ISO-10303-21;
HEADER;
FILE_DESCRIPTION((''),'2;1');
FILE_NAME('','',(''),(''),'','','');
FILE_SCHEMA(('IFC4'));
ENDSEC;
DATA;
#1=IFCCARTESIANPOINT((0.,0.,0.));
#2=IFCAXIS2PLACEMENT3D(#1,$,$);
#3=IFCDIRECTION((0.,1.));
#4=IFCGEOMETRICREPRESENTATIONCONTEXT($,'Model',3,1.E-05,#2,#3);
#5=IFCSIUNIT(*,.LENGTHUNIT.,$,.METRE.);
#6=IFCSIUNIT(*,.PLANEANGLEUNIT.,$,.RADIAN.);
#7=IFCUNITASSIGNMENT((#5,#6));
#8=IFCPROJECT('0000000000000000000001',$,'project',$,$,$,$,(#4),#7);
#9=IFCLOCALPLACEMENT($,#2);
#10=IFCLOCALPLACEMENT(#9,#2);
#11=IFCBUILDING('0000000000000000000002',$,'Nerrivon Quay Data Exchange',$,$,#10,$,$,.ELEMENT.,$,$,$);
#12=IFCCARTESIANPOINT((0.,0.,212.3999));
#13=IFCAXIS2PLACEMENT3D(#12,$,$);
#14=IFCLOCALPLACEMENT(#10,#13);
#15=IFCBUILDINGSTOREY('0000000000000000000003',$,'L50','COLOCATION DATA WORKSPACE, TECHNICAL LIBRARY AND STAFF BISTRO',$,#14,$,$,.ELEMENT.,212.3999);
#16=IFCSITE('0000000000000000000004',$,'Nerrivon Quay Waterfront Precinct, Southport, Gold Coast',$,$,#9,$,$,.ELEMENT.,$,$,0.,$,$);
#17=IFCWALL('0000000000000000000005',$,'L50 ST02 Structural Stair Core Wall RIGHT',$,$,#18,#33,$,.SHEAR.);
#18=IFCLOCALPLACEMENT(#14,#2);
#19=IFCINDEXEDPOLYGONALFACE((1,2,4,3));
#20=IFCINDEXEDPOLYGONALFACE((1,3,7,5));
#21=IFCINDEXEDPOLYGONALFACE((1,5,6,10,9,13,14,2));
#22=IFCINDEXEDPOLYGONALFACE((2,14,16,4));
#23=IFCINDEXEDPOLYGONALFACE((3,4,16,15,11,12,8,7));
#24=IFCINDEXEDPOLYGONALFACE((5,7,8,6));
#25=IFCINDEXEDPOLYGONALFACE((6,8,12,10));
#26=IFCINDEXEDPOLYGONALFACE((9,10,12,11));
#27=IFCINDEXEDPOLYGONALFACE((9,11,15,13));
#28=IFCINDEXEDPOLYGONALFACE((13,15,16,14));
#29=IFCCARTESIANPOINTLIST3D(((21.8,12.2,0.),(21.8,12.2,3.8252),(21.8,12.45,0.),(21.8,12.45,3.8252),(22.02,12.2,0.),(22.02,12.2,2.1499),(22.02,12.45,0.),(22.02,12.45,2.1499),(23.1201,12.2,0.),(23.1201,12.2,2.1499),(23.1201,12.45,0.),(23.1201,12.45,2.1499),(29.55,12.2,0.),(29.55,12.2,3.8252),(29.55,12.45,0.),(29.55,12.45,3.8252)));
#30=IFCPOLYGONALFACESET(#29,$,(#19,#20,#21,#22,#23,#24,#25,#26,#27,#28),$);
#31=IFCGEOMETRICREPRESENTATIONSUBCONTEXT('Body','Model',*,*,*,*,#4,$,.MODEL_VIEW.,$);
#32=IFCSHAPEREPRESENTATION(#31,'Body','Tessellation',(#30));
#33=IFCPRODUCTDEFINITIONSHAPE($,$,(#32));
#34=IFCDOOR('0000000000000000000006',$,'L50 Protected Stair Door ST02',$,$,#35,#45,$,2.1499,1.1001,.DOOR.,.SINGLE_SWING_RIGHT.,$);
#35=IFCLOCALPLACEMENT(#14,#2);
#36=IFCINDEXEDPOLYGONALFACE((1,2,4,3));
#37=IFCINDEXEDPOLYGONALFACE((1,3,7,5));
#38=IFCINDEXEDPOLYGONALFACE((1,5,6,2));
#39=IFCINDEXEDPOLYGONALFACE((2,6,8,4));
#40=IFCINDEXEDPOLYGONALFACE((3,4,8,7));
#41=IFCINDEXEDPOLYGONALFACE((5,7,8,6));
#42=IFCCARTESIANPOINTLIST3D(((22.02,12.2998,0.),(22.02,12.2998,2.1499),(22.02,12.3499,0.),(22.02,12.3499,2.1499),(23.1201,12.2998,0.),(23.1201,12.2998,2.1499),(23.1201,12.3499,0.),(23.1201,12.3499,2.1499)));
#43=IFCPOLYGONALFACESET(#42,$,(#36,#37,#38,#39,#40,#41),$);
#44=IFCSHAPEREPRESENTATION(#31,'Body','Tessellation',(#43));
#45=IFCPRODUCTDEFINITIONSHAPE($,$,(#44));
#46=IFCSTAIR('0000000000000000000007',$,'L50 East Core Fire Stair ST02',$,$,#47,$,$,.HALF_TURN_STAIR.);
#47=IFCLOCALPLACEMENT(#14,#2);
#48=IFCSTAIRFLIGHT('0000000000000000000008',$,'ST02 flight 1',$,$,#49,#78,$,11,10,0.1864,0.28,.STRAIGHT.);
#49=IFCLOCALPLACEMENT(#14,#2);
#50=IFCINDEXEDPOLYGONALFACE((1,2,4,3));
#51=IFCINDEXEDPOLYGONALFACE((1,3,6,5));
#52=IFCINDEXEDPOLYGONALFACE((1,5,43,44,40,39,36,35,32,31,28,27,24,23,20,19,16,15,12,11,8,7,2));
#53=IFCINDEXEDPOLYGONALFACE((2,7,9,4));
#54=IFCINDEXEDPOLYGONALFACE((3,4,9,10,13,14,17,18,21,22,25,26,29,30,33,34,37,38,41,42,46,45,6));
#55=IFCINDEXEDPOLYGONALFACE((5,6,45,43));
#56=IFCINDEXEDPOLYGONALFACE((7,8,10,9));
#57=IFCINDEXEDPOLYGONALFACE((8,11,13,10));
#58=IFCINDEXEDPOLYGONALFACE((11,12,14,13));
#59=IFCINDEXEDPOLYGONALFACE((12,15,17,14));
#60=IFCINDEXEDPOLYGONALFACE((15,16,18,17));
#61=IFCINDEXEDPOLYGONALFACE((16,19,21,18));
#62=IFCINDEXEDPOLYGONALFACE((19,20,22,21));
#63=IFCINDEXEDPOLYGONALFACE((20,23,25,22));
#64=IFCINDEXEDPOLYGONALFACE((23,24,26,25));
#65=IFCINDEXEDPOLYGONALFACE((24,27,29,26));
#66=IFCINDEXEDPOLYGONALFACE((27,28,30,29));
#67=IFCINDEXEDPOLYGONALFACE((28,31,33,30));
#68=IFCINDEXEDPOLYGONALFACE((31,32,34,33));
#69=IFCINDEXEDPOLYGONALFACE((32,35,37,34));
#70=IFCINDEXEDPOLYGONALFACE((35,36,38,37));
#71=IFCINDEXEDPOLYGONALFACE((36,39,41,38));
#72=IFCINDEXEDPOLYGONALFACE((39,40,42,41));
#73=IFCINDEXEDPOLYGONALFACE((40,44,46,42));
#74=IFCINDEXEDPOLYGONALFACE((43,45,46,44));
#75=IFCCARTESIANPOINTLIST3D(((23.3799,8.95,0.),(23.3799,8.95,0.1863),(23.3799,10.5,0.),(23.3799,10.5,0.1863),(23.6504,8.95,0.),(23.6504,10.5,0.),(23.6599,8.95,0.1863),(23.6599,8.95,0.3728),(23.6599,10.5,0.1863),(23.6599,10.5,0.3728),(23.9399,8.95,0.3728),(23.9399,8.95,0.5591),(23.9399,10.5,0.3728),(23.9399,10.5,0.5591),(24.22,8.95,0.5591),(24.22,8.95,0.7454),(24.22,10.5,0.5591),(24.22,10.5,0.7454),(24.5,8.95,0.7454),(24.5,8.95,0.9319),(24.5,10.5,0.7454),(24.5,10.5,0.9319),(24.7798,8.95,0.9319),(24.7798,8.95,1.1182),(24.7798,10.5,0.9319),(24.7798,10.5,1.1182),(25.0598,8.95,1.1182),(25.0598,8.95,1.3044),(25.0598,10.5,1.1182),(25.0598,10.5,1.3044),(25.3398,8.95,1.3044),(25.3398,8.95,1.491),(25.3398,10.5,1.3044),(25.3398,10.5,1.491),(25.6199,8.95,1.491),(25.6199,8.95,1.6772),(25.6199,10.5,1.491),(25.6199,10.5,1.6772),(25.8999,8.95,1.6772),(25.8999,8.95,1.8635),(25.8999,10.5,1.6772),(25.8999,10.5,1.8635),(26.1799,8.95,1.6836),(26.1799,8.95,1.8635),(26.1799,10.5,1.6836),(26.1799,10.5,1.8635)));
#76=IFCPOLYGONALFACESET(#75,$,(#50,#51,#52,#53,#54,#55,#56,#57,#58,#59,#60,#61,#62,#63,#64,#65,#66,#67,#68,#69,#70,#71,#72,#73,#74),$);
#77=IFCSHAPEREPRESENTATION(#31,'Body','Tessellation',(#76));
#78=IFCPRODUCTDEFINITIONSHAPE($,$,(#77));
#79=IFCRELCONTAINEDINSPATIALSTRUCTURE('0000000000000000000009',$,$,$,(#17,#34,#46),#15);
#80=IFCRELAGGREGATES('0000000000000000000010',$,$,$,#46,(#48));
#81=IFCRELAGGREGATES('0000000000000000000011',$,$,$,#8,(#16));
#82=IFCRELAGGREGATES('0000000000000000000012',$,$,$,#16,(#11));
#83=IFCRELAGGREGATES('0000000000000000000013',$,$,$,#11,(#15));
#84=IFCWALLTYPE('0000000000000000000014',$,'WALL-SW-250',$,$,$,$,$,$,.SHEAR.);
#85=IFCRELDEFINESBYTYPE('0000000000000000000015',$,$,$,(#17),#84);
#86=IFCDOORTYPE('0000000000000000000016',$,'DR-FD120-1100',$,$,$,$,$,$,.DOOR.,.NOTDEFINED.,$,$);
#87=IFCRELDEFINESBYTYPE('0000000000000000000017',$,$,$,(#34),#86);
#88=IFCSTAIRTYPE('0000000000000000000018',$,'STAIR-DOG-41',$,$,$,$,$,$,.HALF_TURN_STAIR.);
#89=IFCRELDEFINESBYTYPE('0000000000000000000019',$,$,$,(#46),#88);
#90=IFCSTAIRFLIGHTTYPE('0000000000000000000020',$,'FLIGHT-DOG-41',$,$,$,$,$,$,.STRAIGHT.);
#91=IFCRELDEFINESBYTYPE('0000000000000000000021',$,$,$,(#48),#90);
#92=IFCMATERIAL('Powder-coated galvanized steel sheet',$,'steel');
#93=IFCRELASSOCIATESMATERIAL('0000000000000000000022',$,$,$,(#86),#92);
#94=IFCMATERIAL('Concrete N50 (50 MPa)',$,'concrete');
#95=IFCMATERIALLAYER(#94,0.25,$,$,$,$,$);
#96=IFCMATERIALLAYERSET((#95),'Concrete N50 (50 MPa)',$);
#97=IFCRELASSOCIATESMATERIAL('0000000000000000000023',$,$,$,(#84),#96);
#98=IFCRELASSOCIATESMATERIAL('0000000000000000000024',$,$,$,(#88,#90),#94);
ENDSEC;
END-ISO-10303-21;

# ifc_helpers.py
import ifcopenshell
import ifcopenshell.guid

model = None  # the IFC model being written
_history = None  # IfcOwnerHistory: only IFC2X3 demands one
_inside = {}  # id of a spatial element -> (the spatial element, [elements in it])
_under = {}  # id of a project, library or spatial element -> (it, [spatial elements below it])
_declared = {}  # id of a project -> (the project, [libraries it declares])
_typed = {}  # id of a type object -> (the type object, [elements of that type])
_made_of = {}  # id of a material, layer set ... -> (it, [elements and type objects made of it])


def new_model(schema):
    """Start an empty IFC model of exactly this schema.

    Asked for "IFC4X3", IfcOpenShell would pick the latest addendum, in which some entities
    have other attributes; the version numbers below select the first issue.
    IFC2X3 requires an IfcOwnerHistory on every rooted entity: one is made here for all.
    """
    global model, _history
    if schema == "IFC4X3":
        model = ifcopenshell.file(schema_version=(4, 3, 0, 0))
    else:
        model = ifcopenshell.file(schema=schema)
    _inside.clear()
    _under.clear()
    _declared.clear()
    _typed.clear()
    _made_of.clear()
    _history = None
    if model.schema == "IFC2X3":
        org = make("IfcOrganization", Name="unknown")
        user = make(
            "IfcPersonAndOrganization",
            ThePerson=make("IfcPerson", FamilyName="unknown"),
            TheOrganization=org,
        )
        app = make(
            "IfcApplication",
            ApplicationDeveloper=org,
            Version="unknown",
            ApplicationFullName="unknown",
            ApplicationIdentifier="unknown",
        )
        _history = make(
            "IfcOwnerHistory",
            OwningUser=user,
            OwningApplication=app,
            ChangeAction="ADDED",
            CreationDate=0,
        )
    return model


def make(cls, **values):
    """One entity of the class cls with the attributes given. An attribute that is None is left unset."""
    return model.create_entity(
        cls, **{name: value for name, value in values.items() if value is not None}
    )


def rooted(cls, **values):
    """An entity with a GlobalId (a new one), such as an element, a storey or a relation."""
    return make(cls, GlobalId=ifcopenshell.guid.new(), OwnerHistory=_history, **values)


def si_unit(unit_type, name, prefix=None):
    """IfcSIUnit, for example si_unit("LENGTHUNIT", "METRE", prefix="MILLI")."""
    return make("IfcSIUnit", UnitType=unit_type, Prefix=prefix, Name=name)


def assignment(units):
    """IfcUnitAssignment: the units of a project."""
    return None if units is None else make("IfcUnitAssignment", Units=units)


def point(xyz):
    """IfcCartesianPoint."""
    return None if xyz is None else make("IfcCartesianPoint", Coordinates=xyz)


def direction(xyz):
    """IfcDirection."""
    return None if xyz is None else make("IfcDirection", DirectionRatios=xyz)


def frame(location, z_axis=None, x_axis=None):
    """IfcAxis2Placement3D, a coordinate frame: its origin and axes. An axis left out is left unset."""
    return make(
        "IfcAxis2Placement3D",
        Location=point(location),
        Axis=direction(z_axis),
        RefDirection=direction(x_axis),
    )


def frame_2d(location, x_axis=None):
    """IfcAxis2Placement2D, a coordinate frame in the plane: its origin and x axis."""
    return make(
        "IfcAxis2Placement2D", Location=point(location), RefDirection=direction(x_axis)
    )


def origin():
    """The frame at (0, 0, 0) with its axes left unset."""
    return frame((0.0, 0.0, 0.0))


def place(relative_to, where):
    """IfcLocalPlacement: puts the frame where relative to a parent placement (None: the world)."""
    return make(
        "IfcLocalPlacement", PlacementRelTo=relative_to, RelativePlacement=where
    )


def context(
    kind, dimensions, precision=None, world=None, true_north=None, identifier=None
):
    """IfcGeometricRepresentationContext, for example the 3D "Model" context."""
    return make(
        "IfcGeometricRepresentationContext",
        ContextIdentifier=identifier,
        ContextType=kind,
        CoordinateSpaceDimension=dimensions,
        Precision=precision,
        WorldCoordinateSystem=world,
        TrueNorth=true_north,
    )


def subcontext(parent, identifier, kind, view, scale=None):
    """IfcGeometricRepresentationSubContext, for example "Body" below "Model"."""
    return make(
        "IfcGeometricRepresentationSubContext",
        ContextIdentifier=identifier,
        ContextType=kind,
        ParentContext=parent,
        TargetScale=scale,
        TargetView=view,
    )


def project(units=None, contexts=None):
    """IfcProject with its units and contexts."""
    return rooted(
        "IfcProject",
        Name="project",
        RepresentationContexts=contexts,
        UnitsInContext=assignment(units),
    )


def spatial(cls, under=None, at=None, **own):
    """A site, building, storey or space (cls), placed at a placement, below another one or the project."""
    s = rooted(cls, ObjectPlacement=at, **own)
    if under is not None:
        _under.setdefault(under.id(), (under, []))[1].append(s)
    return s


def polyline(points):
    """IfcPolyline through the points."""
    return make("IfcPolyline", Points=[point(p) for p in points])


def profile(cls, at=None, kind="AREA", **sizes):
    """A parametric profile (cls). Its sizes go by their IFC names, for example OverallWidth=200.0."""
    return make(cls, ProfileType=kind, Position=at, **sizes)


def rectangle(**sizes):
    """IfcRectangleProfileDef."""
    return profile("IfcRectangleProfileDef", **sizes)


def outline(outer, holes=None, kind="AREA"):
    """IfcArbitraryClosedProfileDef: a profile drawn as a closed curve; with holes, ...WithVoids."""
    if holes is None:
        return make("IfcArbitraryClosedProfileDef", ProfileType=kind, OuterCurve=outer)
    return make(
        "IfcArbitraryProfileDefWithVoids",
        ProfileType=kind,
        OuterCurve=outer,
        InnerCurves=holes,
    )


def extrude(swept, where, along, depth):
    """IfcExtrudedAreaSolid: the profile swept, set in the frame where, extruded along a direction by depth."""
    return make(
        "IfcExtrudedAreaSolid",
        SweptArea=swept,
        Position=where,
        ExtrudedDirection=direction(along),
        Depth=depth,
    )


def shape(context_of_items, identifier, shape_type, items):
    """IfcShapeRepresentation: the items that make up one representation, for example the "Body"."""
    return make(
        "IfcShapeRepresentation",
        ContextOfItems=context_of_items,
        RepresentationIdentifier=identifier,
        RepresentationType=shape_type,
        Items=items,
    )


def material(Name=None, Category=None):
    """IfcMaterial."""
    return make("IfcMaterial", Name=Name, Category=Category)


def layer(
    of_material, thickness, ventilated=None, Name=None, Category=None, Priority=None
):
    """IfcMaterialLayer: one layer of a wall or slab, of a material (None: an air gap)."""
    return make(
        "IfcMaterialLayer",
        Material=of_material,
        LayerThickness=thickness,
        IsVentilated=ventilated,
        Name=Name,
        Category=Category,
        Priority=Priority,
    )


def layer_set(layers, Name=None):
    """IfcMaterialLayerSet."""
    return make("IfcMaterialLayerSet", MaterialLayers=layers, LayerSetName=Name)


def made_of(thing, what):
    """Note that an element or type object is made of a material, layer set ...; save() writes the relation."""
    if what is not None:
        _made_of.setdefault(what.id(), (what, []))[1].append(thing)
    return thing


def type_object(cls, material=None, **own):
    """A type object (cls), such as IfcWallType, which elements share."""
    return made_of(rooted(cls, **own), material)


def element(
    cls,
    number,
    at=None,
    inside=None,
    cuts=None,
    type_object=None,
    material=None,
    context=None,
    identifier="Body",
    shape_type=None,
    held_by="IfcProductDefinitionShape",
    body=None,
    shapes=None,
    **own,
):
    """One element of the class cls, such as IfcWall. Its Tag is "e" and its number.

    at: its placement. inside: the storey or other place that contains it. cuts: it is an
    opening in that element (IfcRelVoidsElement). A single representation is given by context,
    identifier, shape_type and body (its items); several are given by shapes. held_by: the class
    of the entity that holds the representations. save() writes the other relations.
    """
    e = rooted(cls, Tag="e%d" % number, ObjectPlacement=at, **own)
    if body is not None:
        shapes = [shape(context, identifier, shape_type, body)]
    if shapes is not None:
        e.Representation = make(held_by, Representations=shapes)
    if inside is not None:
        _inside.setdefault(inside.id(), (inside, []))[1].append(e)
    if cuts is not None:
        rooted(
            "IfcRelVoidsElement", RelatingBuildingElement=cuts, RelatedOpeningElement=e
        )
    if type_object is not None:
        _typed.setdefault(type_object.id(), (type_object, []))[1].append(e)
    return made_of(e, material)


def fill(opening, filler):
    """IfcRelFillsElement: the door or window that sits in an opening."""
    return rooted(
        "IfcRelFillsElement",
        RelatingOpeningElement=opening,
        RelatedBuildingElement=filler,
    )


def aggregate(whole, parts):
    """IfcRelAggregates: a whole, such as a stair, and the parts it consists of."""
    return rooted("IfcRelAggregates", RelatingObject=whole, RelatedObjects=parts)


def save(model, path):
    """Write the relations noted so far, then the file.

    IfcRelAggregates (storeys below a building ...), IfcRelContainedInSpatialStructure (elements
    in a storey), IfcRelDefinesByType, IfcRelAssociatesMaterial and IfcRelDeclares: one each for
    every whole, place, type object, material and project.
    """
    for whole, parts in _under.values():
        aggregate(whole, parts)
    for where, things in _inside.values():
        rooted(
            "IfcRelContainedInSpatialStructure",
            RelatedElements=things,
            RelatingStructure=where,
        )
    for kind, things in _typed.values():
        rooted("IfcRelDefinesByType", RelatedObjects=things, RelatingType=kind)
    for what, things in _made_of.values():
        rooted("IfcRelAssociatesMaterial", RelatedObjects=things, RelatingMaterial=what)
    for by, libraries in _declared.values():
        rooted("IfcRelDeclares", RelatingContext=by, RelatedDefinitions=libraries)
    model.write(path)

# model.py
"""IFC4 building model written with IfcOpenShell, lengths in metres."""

from ifc_helpers import new_model, si_unit, direction, frame, frame_2d, origin, place, context, subcontext, project, spatial, polyline, rectangle, outline, extrude, material, layer, layer_set, type_object, element, fill, aggregate, save


model = new_model("IFC4")

# Units and contexts
model_context = context("Model", 3, precision=1e-05, world=origin(), true_north=direction((0.0, 1.0)))
body_context = subcontext(model_context, "Body", "Model", "MODEL_VIEW")
ifc_project = project(units=[si_unit("LENGTHUNIT", "METRE"), si_unit("PLANEANGLEUNIT", "RADIAN")], contexts=[model_context])

# Site, building, storey
site_placement = place(None, origin())
site = spatial("IfcSite", under=ifc_project, at=site_placement, Name="Nerrivon Quay Waterfront Precinct, Southport, Gold Coast", CompositionType="ELEMENT", RefElevation=0.0)
building_placement = place(site_placement, origin())
building = spatial("IfcBuilding", under=site, at=building_placement, Name="Nerrivon Quay Data Exchange", CompositionType="ELEMENT")
storey_placement = place(building_placement, frame((0.0, 0.0, 212.3999)))
storey = spatial("IfcBuildingStorey", under=building, at=storey_placement, Name="L50", Description="COLOCATION DATA WORKSPACE, TECHNICAL LIBRARY AND STAFF BISTRO", CompositionType="ELEMENT", Elevation=212.3999)

# Shared definitions
ifc_material_1 = material(Name="Concrete N50 (50 MPa)", Category="concrete")

# Shared definitions
ifc_material_2 = material(Name="Powder-coated galvanized steel sheet", Category="steel")
door_type_1 = type_object("IfcDoorType", Name="DR-FD120-1100", OperationType="NOTDEFINED", PredefinedType="DOOR", material=ifc_material_2)

# Shared definitions
ifc_layer_1 = layer(ifc_material_1, 0.25)
ifc_layer_set_1 = layer_set([ifc_layer_1], Name="Concrete N50 (50 MPa)")
wall_type_1 = type_object("IfcWallType", Name="WALL-SW-250", PredefinedType="SHEAR", material=ifc_layer_set_1)

# Wall, opening, door
wall_1_placement = place(storey_placement, frame((21.8, 12.325, 0.0), z_axis=(0.0, 0.0, 1.0), x_axis=(1.0, 0.0, 0.0)))
wall_1 = element("IfcWall", 1, at=wall_1_placement, inside=storey, type_object=wall_type_1, Name="L50 ST02 Structural Stair Core Wall RIGHT", PredefinedType="SHEAR", context=body_context, shape_type="SweptSolid", body=[
    extrude(rectangle(XDim=7.75, YDim=0.25, at=frame_2d((3.875, 0.0))), origin(), (0.0, 0.0, 1.0), 3.8252),
])
opening_1_placement = place(wall_1_placement, frame((0.22, 0.0, 0.0)))
opening_1 = element("IfcOpeningElement", 2, at=opening_1_placement, cuts=wall_1, PredefinedType="OPENING", context=body_context, shape_type="SweptSolid", body=[
    extrude(rectangle(XDim=1.1001, YDim=2.1499, at=frame_2d((0.55, 1.075))), frame((0.0, 0.135, 0.0), z_axis=(0.0, -1.0, 0.0), x_axis=(1.0, 0.0, 0.0)), (0.0, 0.0, 1.0), 0.27),
])
door_1_placement = place(opening_1_placement, origin())
door_1 = element("IfcDoor", 3, at=door_1_placement, inside=storey, type_object=door_type_1, Name="L50 Protected Stair Door ST02", OperationType="SINGLE_SWING_RIGHT", OverallHeight=2.1499, OverallWidth=1.1001, PredefinedType="DOOR", context=body_context, shape_type="SweptSolid", body=[
    extrude(rectangle(XDim=1.1001, YDim=2.1499, at=frame_2d((0.55, 1.075))), frame((0.0, 0.0249, 0.0), z_axis=(0.0, -1.0, 0.0), x_axis=(1.0, 0.0, 0.0)), (0.0, 0.0, 1.0), 0.05),
])
fill(opening_1, door_1)

# Stair, stair flight
stair_type = type_object("IfcStairType", Name="STAIR-DOG-41", PredefinedType="HALF_TURN_STAIR", material=ifc_material_1)
stair_placement = place(storey_placement, origin())
stair = element("IfcStair", 4, at=stair_placement, inside=storey, type_object=stair_type, Name="L50 East Core Fire Stair ST02", PredefinedType="HALF_TURN_STAIR")
stair_flight_type = type_object("IfcStairFlightType", Name="FLIGHT-DOG-41", PredefinedType="STRAIGHT", material=ifc_material_1)
stair_flight_placement = place(storey_placement, frame((23.3799, 9.7251, 0.0), z_axis=(0.0, 0.0, 1.0), x_axis=(1.0, 0.0, 0.0)))
stair_flight = element("IfcStairFlight", 5, at=stair_flight_placement, type_object=stair_flight_type, Name="ST02 flight 1", NumberOfRisers=11, NumberOfTreads=10, PredefinedType="STRAIGHT", RiserHeight=0.1864, TreadLength=0.28, context=body_context, shape_type="SweptSolid", body=[
    extrude(outline(polyline([(0.0, 0.0), (0.0, 0.1863), (0.28, 0.1863), (0.28, 0.3728), (0.5601, 0.3728), (0.5601, 0.5591), (0.8401, 0.5591), (0.8401, 0.7454), (1.1201, 0.7454), (1.1201, 0.9319), (1.3999, 0.9319), (1.3999, 1.1182), (1.6799, 1.1182), (1.6799, 1.3044), (1.96, 1.3044), (1.96, 1.491), (2.24, 1.491), (2.24, 1.6772), (2.52, 1.6772), (2.52, 1.8635), (2.8, 1.8635), (2.8, 2.05), (2.8, 1.6836), (0.2705, 0.0), (0.0, 0.0)])), frame((0.0, 0.7749, 0.0), z_axis=(0.0, -1.0, 0.0), x_axis=(1.0, 0.0, 0.0)), (0.0, 0.0, 1.0), 1.55),
])
aggregate(stair, [stair_flight])

save(model, "model.ifc")
